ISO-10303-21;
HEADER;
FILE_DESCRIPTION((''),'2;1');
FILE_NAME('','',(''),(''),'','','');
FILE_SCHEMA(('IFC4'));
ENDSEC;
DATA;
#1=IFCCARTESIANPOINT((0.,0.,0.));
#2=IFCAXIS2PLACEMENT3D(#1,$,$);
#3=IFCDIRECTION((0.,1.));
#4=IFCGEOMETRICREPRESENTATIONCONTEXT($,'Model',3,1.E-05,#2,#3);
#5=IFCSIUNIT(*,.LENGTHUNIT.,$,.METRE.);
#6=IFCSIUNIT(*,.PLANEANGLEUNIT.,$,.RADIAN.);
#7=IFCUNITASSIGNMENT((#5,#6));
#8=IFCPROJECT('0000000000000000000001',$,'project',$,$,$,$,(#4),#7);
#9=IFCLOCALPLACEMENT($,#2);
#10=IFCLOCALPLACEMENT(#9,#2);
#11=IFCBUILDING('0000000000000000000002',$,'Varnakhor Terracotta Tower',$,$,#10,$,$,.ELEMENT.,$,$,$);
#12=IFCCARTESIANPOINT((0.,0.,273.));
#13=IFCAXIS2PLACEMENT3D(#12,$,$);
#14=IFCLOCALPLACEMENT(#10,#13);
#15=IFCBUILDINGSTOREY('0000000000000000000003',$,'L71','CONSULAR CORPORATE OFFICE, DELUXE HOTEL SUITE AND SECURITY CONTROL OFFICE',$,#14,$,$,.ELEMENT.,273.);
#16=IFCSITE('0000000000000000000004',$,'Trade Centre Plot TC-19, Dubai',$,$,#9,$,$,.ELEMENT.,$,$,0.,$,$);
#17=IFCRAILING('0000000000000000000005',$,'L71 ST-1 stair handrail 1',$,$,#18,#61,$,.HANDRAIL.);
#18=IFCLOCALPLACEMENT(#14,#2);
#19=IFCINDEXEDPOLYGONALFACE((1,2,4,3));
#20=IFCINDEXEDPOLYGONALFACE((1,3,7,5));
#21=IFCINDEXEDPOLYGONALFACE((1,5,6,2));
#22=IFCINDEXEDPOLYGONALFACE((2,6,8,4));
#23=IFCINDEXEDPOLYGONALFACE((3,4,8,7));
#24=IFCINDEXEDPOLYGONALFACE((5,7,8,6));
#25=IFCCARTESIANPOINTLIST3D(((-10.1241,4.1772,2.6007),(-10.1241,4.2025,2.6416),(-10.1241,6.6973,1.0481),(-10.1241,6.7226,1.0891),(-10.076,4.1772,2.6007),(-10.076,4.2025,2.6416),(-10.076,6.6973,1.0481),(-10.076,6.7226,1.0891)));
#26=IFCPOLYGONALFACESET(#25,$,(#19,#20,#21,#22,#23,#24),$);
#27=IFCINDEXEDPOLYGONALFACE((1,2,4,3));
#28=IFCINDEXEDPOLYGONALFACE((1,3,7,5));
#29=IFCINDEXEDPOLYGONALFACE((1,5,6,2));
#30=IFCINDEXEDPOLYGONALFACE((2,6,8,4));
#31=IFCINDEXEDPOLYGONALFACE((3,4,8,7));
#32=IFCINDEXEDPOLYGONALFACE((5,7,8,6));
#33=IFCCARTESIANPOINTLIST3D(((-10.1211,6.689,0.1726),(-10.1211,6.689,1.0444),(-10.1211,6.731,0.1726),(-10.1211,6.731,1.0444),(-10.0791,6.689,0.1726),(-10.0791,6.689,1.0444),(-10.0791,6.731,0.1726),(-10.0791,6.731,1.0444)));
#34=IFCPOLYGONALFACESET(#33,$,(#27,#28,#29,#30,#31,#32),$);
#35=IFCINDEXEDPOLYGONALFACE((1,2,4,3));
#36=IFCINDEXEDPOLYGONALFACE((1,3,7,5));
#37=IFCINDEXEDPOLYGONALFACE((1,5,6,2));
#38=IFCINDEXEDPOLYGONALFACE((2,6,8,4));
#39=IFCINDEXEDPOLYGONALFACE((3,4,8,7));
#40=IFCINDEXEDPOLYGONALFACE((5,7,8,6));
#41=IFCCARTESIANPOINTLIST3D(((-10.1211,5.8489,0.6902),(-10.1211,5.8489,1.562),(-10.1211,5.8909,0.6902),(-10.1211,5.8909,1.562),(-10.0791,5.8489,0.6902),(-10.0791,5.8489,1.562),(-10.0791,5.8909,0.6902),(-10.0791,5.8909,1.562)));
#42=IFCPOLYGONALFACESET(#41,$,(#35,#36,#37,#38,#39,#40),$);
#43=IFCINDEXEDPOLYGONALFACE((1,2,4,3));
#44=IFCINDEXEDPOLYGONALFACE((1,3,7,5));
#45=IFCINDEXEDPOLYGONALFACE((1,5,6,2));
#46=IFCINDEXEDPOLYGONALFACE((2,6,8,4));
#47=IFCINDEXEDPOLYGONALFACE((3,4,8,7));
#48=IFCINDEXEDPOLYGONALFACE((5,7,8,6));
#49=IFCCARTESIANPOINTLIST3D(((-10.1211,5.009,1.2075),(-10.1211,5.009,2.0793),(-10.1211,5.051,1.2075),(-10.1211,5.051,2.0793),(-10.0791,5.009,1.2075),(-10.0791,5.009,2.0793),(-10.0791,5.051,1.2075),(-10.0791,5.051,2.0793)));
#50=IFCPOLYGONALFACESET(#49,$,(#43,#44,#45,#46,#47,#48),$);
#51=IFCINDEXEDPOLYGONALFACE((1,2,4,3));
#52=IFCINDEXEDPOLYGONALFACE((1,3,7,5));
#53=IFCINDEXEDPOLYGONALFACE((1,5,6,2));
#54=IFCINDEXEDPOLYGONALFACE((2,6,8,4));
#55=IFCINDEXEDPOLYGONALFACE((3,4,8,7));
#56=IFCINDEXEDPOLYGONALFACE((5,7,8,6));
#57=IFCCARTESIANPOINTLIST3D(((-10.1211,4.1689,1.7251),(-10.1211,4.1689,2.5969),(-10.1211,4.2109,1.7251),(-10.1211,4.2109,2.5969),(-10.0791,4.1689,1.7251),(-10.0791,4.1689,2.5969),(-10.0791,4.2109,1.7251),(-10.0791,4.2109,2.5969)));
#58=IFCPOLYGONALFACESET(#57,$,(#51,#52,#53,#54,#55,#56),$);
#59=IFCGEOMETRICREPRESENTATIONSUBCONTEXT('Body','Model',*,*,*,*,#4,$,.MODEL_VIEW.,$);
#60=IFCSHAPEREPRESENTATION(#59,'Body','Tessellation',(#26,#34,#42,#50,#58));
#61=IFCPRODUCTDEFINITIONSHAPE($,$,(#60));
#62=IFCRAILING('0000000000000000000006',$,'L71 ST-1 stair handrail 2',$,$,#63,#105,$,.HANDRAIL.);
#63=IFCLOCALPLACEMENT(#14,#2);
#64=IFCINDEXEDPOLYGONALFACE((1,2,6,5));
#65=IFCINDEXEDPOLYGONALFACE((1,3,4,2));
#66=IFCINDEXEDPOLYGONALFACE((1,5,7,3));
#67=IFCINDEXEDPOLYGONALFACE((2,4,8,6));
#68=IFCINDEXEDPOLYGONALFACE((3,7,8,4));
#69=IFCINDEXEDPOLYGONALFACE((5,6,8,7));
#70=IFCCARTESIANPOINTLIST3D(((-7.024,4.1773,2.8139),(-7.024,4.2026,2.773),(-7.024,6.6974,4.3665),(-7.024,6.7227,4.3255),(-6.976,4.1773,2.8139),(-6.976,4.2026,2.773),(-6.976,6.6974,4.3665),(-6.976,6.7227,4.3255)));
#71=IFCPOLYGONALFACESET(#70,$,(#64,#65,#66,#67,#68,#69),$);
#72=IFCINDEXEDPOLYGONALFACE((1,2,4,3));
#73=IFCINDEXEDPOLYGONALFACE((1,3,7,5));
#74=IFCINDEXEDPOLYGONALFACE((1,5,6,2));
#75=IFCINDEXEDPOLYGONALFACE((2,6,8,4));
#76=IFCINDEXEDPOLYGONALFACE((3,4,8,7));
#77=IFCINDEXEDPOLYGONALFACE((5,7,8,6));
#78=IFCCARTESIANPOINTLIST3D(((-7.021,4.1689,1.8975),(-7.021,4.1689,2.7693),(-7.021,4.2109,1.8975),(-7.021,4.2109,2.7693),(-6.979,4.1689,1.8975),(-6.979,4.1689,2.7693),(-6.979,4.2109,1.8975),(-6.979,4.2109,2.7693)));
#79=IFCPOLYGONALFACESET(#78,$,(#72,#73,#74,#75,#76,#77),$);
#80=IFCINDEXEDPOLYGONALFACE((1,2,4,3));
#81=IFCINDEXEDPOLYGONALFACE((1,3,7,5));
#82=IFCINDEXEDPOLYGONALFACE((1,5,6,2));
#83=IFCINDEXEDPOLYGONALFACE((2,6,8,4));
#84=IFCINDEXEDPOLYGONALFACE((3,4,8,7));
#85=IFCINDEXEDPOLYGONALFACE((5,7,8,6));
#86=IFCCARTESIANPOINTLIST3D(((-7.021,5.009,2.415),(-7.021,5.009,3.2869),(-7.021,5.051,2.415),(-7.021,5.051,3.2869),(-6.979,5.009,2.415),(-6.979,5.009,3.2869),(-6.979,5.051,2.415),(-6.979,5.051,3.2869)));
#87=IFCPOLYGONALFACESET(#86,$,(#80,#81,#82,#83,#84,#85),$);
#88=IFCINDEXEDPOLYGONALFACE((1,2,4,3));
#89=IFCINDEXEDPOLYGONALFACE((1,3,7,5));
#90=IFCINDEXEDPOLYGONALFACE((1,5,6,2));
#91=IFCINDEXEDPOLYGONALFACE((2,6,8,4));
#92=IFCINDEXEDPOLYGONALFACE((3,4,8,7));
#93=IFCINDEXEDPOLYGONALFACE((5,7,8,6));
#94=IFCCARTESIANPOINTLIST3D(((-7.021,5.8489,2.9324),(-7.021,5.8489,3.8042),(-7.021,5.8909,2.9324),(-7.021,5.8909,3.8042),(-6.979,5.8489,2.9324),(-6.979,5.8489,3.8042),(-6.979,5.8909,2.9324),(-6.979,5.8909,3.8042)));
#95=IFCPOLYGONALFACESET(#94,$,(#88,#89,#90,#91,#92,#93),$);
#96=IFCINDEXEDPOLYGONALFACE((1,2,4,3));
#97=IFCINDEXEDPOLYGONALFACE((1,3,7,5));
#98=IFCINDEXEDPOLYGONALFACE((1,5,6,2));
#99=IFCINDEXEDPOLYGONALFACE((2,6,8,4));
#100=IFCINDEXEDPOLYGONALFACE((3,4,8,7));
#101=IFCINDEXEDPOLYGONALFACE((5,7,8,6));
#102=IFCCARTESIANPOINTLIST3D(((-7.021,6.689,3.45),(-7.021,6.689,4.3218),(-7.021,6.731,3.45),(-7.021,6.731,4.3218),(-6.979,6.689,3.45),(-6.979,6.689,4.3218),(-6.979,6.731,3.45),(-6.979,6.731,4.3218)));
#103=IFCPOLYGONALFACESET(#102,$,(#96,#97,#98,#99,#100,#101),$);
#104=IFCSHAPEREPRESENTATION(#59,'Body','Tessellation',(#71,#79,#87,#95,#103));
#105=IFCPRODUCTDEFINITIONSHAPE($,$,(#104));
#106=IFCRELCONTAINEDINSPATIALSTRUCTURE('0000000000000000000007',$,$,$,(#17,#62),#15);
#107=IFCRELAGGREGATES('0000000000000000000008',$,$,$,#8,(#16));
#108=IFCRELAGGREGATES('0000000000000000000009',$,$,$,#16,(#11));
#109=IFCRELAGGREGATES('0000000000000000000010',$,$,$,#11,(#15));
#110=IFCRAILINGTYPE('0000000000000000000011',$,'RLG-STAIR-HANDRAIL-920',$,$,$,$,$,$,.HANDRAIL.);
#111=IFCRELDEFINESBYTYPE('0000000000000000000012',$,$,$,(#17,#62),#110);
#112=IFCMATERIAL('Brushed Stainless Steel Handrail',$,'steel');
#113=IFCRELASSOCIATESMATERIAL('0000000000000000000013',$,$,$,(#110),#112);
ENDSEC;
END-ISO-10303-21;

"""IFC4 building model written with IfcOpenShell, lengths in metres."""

from ifc_helpers import new_model, si_unit, direction, frame, origin, origin_2d, place, context, subcontext, project, spatial, rectangle, extrude, material, type_object, element, save


model = new_model("IFC4")

# Units and contexts
model_context = context("Model", 3, precision=1e-05, world=origin(), true_north=direction((0.0, 1.0)))
body_context = subcontext(model_context, "Body", "Model", "MODEL_VIEW")
ifc_project = project(units=[si_unit("LENGTHUNIT", "METRE"), si_unit("PLANEANGLEUNIT", "RADIAN")], contexts=[model_context])

# Site, building, storey
site_placement = place(None, origin())
site = spatial("IfcSite", under=ifc_project, at=site_placement, Name="Trade Centre Plot TC-19, Dubai", CompositionType="ELEMENT", RefElevation=0.0)
building_placement = place(site_placement, origin())
building = spatial("IfcBuilding", under=site, at=building_placement, Name="Varnakhor Terracotta Tower", CompositionType="ELEMENT")
storey_placement = place(building_placement, frame((0.0, 0.0, 273.0)))
storey = spatial("IfcBuildingStorey", under=building, at=storey_placement, Name="L71", Description="CONSULAR CORPORATE OFFICE, DELUXE HOTEL SUITE AND SECURITY CONTROL OFFICE", CompositionType="ELEMENT", Elevation=273.0)

# Railings
ifc_material_1 = material(Name="Brushed Stainless Steel Handrail", Category="steel")
railing_type_1 = type_object("IfcRailingType", Name="RLG-STAIR-HANDRAIL-920", PredefinedType="HANDRAIL", material=ifc_material_1)
railing_1_placement = place(storey_placement, frame((-10.1001, 6.71, 0.1726)))
element("IfcRailing", 1, at=railing_1_placement, inside=storey, type_object=railing_type_1, Name="L71 ST-1 stair handrail 1", PredefinedType="HANDRAIL", context=body_context, shape_type="SweptSolid", body=[
    extrude(rectangle(XDim=0.0481, YDim=0.0481, at=origin_2d()), frame((0.0, 0.0, 0.896), z_axis=(0.0, -0.8514, 0.524516), x_axis=(1.0, 0.0, 0.0)), (0.0, 0.0, 1.0), 2.96),
    extrude(rectangle(XDim=0.042, YDim=0.042, at=origin_2d()), origin(), (0.0, 0.0, 1.0), 0.8718),
    extrude(rectangle(XDim=0.042, YDim=0.042, at=origin_2d()), frame((0.0, -0.8401, 0.5176)), (0.0, 0.0, 1.0), 0.8718),
    extrude(rectangle(XDim=0.042, YDim=0.042, at=origin_2d()), frame((0.0, -1.6799, 1.0349)), (0.0, 0.0, 1.0), 0.8718),
    extrude(rectangle(XDim=0.042, YDim=0.042, at=origin_2d()), frame((0.0, -2.52, 1.5525)), (0.0, 0.0, 1.0), 0.8718),
])
railing_2_placement = place(storey_placement, frame((-7.0, 4.1899, 1.8975)))
element("IfcRailing", 2, at=railing_2_placement, inside=storey, type_object=railing_type_1, Name="L71 ST-1 stair handrail 2", PredefinedType="HANDRAIL", context=body_context, shape_type="SweptSolid", body=[
    extrude(rectangle(XDim=0.0481, YDim=0.0481, at=origin_2d()), frame((0.0, 0.0, 0.896), z_axis=(0.0, 0.8514, 0.524516), x_axis=(-1.0, 0.0, 0.0)), (0.0, 0.0, 1.0), 2.96),
    extrude(rectangle(XDim=0.042, YDim=0.042, at=origin_2d()), origin(), (0.0, 0.0, 1.0), 0.8718),
    extrude(rectangle(XDim=0.042, YDim=0.042, at=origin_2d()), frame((0.0, 0.8401, 0.5176)), (0.0, 0.0, 1.0), 0.8718),
    extrude(rectangle(XDim=0.042, YDim=0.042, at=origin_2d()), frame((0.0, 1.6799, 1.0349)), (0.0, 0.0, 1.0), 0.8718),
    extrude(rectangle(XDim=0.042, YDim=0.042, at=origin_2d()), frame((0.0, 2.52, 1.5525)), (0.0, 0.0, 1.0), 0.8718),
])

save(model, "model.ifc")
